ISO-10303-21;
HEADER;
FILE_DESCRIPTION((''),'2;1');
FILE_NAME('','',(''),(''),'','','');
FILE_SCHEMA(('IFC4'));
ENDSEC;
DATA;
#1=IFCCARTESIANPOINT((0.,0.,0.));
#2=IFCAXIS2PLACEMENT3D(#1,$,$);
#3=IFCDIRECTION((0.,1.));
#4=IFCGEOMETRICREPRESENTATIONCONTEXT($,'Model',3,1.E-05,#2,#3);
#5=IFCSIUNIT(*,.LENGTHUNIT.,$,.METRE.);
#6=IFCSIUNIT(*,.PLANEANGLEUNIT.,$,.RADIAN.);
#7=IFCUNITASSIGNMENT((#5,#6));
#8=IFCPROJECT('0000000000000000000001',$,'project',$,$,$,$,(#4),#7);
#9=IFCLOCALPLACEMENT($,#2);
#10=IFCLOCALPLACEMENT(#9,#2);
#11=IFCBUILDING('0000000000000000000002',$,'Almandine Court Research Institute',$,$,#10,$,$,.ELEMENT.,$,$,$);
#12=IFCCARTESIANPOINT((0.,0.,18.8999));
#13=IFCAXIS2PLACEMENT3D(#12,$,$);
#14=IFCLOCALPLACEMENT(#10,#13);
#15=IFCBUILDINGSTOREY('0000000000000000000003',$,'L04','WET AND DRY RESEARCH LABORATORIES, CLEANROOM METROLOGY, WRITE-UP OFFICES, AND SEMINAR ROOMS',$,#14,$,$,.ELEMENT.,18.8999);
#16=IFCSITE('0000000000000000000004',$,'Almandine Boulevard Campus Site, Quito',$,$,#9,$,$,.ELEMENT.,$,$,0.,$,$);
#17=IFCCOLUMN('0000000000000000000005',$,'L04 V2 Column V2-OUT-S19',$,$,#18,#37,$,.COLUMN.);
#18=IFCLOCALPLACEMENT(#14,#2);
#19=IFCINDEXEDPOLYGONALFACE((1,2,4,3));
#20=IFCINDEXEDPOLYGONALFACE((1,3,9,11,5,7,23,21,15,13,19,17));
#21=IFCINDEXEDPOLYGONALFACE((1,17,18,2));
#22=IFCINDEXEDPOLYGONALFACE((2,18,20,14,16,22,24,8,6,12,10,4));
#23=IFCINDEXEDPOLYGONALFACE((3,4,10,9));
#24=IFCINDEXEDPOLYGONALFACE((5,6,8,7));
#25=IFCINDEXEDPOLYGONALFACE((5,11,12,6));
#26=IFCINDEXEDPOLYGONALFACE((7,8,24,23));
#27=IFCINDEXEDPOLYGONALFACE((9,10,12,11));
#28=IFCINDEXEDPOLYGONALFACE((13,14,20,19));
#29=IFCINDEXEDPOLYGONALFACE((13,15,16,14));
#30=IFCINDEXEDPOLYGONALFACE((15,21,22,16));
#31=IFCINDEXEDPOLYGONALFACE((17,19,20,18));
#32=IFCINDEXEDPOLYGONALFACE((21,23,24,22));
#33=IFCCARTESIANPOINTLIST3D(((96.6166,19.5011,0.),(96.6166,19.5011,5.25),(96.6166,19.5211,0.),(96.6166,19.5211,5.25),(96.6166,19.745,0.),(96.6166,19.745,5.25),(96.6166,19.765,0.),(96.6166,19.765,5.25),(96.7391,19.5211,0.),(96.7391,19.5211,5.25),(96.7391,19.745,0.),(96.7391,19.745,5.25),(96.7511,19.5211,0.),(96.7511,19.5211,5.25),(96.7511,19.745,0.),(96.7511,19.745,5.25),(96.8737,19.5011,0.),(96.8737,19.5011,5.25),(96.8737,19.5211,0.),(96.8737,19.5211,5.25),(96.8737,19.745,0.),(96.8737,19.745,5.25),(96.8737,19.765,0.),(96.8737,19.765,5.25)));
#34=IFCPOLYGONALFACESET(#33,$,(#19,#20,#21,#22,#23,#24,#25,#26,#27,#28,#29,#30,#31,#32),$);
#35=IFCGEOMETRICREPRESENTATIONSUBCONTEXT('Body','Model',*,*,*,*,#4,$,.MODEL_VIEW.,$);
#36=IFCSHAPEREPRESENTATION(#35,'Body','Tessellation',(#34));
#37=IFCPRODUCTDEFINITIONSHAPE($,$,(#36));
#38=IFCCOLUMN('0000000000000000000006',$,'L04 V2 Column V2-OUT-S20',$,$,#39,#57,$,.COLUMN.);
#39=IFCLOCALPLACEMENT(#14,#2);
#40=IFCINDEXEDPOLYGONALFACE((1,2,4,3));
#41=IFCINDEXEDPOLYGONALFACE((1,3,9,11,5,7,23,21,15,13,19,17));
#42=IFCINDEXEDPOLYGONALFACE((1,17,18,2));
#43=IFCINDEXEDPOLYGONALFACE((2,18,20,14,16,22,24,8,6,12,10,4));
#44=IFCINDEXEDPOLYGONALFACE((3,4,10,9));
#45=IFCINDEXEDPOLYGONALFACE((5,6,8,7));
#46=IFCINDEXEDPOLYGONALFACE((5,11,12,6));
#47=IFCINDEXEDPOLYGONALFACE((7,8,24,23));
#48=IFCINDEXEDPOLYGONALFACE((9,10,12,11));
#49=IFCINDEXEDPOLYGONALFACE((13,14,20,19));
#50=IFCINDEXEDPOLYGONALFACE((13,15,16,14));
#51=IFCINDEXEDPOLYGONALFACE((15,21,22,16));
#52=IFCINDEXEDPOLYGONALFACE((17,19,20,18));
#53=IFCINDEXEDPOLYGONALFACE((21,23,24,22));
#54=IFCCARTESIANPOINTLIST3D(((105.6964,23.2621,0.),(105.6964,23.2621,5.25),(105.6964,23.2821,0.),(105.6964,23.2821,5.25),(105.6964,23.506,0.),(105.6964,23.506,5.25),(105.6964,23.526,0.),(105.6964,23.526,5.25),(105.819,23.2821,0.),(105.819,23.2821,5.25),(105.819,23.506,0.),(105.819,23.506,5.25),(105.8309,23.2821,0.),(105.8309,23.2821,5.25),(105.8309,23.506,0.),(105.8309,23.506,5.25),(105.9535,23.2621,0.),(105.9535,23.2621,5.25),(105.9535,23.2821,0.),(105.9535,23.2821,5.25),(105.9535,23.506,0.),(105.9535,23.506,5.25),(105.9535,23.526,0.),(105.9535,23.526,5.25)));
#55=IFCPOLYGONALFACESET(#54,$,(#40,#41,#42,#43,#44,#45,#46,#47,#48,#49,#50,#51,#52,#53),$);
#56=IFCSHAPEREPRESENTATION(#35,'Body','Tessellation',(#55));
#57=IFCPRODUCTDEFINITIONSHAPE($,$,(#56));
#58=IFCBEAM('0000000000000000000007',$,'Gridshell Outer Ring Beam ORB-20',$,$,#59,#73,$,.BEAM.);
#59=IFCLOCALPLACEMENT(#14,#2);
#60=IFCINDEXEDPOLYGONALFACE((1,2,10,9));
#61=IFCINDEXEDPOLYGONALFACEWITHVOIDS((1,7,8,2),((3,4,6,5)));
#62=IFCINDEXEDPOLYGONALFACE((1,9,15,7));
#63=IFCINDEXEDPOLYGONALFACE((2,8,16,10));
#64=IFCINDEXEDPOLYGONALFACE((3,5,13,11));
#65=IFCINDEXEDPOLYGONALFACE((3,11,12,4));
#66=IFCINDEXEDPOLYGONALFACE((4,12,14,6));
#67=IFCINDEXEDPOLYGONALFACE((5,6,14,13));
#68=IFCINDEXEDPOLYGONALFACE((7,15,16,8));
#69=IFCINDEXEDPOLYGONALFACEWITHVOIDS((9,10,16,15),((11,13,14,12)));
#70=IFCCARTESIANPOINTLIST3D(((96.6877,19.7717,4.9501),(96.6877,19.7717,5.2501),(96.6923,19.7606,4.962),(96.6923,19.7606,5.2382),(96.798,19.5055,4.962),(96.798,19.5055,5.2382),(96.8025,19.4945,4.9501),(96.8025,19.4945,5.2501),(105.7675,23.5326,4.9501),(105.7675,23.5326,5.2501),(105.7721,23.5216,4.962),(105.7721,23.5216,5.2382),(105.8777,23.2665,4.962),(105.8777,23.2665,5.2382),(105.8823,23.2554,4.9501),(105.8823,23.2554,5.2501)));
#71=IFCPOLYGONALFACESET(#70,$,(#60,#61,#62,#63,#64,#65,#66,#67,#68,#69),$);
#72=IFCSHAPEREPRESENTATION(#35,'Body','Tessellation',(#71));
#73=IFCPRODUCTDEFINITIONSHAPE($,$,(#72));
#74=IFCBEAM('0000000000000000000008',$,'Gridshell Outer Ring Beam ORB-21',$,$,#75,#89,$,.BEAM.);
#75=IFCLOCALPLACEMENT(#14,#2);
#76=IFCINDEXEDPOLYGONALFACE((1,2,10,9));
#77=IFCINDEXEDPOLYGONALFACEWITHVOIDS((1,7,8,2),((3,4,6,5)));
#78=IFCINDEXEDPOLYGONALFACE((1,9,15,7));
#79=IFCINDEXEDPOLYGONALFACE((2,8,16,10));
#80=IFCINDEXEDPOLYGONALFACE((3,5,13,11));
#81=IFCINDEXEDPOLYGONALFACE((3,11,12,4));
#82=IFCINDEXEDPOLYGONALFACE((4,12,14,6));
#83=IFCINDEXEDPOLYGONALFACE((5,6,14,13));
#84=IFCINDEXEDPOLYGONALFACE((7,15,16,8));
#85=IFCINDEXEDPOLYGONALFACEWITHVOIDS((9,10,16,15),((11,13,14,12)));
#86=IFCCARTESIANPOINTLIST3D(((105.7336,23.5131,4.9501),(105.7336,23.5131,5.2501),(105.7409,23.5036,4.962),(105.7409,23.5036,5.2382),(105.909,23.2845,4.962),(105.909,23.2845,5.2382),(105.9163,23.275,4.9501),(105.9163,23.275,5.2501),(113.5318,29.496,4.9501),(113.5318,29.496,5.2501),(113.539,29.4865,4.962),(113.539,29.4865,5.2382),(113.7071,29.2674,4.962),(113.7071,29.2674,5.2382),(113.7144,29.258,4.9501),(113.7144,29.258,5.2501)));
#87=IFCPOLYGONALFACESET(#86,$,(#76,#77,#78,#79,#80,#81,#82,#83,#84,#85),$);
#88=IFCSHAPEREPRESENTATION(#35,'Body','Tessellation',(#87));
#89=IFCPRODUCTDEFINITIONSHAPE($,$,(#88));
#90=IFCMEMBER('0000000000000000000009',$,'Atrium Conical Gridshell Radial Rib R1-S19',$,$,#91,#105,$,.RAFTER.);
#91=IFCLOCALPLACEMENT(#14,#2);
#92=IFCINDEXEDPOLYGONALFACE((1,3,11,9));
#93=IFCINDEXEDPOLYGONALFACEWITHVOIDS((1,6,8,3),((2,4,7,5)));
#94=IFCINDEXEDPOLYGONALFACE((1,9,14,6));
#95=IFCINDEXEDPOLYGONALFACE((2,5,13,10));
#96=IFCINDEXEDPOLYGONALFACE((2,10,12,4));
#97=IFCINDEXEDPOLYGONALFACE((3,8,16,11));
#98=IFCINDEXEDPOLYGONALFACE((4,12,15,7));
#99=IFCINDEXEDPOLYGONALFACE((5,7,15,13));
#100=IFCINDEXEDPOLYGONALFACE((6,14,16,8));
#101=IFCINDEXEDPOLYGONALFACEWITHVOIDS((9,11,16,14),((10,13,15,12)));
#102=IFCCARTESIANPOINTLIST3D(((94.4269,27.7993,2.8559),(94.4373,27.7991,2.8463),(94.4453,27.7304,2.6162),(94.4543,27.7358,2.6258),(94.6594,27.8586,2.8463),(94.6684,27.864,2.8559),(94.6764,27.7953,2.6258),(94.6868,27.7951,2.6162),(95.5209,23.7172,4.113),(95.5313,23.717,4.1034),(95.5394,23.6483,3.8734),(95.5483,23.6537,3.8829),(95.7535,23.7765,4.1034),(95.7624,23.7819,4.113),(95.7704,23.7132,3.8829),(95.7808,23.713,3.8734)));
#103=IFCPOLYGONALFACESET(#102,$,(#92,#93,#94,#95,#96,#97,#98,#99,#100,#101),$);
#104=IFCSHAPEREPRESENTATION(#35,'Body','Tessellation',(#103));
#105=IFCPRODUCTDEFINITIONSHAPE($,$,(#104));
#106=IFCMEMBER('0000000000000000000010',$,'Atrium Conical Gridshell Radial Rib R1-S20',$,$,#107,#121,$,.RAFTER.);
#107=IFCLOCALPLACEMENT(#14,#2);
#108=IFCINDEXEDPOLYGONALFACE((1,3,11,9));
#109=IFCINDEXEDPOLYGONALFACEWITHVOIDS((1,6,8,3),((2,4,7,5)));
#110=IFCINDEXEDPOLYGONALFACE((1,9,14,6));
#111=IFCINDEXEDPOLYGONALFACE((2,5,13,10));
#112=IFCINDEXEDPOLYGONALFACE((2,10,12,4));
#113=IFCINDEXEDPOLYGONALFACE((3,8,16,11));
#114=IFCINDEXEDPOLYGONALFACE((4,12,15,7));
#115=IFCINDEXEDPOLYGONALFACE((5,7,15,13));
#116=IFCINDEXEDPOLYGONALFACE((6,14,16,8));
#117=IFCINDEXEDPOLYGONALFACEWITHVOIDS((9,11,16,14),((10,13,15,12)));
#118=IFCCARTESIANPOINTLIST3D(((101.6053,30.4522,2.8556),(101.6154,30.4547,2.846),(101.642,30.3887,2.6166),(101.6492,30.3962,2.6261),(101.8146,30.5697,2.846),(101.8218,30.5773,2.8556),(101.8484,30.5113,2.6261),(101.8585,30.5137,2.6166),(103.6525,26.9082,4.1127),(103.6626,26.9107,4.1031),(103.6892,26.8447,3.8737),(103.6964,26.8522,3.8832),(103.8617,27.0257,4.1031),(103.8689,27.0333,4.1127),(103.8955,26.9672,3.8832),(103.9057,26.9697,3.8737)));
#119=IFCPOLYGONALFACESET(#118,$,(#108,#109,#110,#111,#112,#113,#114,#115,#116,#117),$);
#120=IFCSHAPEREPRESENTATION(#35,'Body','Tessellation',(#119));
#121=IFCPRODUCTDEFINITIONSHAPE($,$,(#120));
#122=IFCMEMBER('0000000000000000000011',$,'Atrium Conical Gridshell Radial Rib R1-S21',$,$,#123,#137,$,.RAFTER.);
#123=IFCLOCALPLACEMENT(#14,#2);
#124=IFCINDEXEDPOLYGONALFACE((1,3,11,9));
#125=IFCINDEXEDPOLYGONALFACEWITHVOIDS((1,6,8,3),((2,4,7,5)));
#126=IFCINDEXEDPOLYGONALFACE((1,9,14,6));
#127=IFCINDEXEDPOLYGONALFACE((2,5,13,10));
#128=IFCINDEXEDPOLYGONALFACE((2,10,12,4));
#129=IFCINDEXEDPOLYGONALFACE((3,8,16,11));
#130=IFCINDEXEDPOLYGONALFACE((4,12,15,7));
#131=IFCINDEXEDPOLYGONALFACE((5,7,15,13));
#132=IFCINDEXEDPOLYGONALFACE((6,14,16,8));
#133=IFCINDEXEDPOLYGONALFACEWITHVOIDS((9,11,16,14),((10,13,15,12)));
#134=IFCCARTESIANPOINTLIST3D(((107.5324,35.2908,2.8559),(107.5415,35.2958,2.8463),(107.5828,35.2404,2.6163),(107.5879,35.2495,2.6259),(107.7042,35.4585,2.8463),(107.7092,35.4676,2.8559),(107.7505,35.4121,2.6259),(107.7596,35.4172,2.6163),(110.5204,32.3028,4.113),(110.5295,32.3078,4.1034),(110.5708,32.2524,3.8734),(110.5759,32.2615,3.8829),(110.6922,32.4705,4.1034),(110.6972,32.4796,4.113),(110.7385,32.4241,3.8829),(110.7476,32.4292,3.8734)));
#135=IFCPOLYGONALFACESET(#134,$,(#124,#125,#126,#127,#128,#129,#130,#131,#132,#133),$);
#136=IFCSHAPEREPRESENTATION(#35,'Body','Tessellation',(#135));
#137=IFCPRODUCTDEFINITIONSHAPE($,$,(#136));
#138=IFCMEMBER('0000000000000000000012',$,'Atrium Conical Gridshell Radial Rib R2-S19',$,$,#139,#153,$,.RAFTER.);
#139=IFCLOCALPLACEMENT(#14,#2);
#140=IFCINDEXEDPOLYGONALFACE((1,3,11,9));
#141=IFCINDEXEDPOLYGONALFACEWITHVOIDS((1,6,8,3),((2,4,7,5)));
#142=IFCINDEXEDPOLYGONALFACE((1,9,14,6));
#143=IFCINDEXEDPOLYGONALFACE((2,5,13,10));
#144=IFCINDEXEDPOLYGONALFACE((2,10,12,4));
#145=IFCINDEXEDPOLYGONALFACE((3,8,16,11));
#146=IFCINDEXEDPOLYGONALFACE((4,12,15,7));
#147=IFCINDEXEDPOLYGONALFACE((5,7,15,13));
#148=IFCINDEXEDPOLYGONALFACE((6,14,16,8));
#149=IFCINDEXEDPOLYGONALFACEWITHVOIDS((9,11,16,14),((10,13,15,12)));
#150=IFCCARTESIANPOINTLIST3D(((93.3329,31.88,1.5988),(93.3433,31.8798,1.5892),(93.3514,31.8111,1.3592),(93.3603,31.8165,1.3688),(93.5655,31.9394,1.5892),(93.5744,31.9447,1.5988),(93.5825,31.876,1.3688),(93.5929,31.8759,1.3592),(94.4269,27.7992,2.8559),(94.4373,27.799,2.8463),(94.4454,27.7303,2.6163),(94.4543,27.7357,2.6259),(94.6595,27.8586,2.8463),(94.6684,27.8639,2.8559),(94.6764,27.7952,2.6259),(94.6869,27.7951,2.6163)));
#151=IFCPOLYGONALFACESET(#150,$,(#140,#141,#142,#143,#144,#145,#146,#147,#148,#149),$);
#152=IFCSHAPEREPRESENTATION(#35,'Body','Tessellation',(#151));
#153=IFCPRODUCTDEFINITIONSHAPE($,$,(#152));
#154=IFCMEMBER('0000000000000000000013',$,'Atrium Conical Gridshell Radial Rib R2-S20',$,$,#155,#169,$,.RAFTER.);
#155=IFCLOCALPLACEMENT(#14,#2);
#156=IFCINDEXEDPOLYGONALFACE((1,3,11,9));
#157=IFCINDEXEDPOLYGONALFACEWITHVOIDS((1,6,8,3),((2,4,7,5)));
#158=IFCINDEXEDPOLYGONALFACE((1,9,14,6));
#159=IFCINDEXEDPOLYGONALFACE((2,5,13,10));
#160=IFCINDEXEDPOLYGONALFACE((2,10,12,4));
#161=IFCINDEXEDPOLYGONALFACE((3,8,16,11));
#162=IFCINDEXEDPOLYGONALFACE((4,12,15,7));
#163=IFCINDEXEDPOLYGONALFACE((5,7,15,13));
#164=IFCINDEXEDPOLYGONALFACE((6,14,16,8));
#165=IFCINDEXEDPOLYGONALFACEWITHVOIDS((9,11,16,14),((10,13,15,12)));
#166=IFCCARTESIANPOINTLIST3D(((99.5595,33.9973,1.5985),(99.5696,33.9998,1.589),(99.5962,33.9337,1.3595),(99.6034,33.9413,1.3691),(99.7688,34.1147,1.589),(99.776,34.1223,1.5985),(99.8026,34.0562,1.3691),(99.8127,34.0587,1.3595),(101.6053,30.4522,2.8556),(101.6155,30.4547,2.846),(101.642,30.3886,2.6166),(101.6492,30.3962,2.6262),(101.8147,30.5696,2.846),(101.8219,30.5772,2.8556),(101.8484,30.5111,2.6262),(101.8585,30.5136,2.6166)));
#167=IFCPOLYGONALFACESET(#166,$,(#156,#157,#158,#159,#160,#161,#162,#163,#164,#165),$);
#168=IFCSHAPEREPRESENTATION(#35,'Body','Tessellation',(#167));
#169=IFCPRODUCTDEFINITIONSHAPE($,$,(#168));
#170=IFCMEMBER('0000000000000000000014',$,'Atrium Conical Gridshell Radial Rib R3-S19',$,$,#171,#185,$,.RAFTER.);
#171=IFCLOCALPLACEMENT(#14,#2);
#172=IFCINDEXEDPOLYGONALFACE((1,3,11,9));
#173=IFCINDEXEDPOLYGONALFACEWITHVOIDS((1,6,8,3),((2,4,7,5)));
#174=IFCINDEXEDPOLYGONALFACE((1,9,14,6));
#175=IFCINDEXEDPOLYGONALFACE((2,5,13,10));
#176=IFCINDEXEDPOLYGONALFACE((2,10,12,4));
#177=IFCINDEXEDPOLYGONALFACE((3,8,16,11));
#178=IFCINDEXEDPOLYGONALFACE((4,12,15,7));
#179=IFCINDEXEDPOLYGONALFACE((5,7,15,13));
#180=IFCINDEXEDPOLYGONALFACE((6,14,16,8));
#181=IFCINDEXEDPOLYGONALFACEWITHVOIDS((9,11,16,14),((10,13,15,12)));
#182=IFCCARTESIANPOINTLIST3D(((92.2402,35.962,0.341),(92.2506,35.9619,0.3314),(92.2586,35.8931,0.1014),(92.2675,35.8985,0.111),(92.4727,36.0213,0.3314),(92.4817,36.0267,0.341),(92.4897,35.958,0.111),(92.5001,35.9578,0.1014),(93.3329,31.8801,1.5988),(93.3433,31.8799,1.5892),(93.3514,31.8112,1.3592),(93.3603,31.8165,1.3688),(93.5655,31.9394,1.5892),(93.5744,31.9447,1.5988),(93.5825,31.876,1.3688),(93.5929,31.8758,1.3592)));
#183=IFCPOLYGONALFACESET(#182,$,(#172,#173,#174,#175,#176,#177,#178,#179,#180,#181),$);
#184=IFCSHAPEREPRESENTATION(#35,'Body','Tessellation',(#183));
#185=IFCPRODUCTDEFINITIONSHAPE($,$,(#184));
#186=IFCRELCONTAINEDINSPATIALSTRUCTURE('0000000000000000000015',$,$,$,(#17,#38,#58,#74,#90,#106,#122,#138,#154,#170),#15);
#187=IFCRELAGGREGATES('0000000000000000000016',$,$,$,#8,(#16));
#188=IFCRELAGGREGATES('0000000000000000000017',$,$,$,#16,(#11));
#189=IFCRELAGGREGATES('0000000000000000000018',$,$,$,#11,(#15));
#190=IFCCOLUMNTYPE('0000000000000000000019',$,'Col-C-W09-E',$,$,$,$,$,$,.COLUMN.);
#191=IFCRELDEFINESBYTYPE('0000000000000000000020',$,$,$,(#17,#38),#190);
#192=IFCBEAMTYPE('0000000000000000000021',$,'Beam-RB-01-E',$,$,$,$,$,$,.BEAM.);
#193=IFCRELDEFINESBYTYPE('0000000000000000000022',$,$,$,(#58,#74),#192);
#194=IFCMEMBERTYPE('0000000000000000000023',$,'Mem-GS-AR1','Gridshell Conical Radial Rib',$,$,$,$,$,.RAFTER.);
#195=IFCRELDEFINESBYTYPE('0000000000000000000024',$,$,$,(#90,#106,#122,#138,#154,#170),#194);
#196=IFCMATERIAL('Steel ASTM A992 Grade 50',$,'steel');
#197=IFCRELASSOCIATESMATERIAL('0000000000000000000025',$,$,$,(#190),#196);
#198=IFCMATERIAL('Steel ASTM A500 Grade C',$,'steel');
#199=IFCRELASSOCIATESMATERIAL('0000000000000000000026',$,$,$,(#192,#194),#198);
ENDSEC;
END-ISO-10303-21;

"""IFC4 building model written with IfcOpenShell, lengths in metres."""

from ifc_helpers import new_model, si_unit, direction, frame, origin, origin_2d, place, context, subcontext, project, spatial, hollow_rectangle, i_section, extrude, material, material_profile, profile_set, type_object, element, save


model = new_model("IFC4")

# Units and contexts
model_context = context("Model", 3, precision=1e-05, world=origin(), true_north=direction((0.0, 1.0)))
body_context = subcontext(model_context, "Body", "Model", "MODEL_VIEW")
ifc_project = project(units=[si_unit("LENGTHUNIT", "METRE"), si_unit("PLANEANGLEUNIT", "RADIAN")], contexts=[model_context])

# Site, building, storey
site_placement = place(None, origin())
site = spatial("IfcSite", under=ifc_project, at=site_placement, Name="Almandine Boulevard Campus Site, Quito", CompositionType="ELEMENT", RefElevation=0.0)
building_placement = place(site_placement, origin())
building = spatial("IfcBuilding", under=site, at=building_placement, Name="Almandine Court Research Institute", CompositionType="ELEMENT")
storey_placement = place(building_placement, frame((0.0, 0.0, 18.8999)))
storey = spatial("IfcBuildingStorey", under=building, at=storey_placement, Name="L04", Description="WET AND DRY RESEARCH LABORATORIES, CLEANROOM METROLOGY, WRITE-UP OFFICES, AND SEMINAR ROOMS", CompositionType="ELEMENT", Elevation=18.8999)

# Columns
ifc_material_1 = material(Name="Steel ASTM A992 Grade 50", Category="steel")
ifc_material_profile_1 = material_profile(ifc_material_1, i_section(OverallWidth=0.2571, OverallDepth=0.2639, WebThickness=0.012, FlangeThickness=0.02, at=origin_2d()), Name="W250x101")
ifc_profile_set_1 = profile_set([ifc_material_profile_1], Name="Steel ASTM A992 Grade 50")
column_type = type_object("IfcColumnType", Name="Col-C-W09-E", PredefinedType="COLUMN", material=ifc_profile_set_1)
for number, where, z_axis, x_axis, name in (
    (1, (96.7451, 19.6331, 0.0), (0.0, 0.0, 1.0), (1.0, 0.0, 0.0), "L04 V2 Column V2-OUT-S19"),
    (2, (105.825, 23.394, 0.0), (0.0, 0.0, 1.0), (1.0, 0.0, 0.0), "L04 V2 Column V2-OUT-S20"),
):
    element("IfcColumn", number, at=place(storey_placement, frame(where, z_axis=z_axis, x_axis=x_axis)), inside=storey, type_object=column_type, Name=name, PredefinedType="COLUMN", context=body_context, shape_type="SweptSolid", body=[
        extrude(i_section(OverallWidth=0.2571, OverallDepth=0.2639, WebThickness=0.012, FlangeThickness=0.02, at=origin_2d()), origin(), (0.0, 0.0, 1.0), 5.25),
    ])

# Beams
ifc_material_2 = material(Name="Steel ASTM A500 Grade C", Category="steel")
ifc_material_profile_2 = material_profile(ifc_material_2, hollow_rectangle(XDim=0.3, YDim=0.3, WallThickness=0.012, at=origin_2d()), Name="HSS 300x300x12")
ifc_profile_set_2 = profile_set([ifc_material_profile_2], Name="Steel ASTM A500 Grade C")
beam_type = type_object("IfcBeamType", Name="Beam-RB-01-E", PredefinedType="BEAM", material=ifc_profile_set_2)
beam_1_placement = place(storey_placement, frame((96.7451, 19.6331, 5.1001), z_axis=(0.92388, 0.382683, 0.0), x_axis=(-0.382683, 0.92388, 0.0)))
element("IfcBeam", 3, at=beam_1_placement, inside=storey, type_object=beam_type, Name="Gridshell Outer Ring Beam ORB-20", PredefinedType="BEAM", context=body_context, shape_type="SweptSolid", body=[
    extrude(hollow_rectangle(XDim=0.3, YDim=0.3, WallThickness=0.012, at=origin_2d()), origin(), (0.0, 0.0, 1.0), 9.8279),
])
beam_2_placement = place(storey_placement, frame((105.825, 23.394, 5.1001), z_axis=(0.793392, 0.608712, 0.0), x_axis=(-0.608712, 0.793392, 0.0)))
element("IfcBeam", 4, at=beam_2_placement, inside=storey, type_object=beam_type, Name="Gridshell Outer Ring Beam ORB-21", PredefinedType="BEAM", context=body_context, shape_type="SweptSolid", body=[
    extrude(hollow_rectangle(XDim=0.3, YDim=0.3, WallThickness=0.012, at=origin_2d()), origin(), (0.0, 0.0, 1.0), 9.8289),
])

# Members
ifc_material_profile_3 = material_profile(ifc_material_2, hollow_rectangle(XDim=0.25, YDim=0.25, WallThickness=0.01, at=origin_2d()), Name="HSS 250x250x10")
ifc_profile_set_3 = profile_set([ifc_material_profile_3], Name="Steel ASTM A500 Grade C")
member_type_1 = type_object("IfcMemberType", Name="Mem-GS-AR1", Description="Gridshell Conical Radial Rib", PredefinedType="RAFTER", material=ifc_profile_set_3)
member_1_placement = place(storey_placement, frame((95.6509, 23.7151, 3.9932), z_axis=(-0.248123, 0.925822, -0.285111), x_axis=(-0.965913, -0.258867, 0.0)))
element("IfcMember", 5, at=member_1_placement, inside=storey, type_object=member_type_1, Name="Atrium Conical Gridshell Radial Rib R1-S19", PredefinedType="RAFTER", context=body_context, shape_type="SweptSolid", body=[
    extrude(hollow_rectangle(XDim=0.25, YDim=0.25, WallThickness=0.01, at=origin_2d()), origin(), (0.0, 0.0, 1.0), 4.4092),
])
member_2_placement = place(storey_placement, frame((103.7791, 26.939, 3.9932), z_axis=(-0.478141, 0.827751, -0.293613), x_axis=(-0.865917, -0.500187, 0.0)))
element("IfcMember", 6, at=member_2_placement, inside=storey, type_object=member_type_1, Name="Atrium Conical Gridshell Radial Rib R1-S20", PredefinedType="RAFTER", context=body_context, shape_type="SweptSolid", body=[
    extrude(hollow_rectangle(XDim=0.25, YDim=0.25, WallThickness=0.01, at=origin_2d()), origin(), (0.0, 0.0, 1.0), 4.2815),
])
member_3_placement = place(storey_placement, frame((110.634, 32.366, 3.9932), z_axis=(-0.677753, 0.677753, -0.285134), x_axis=(-0.707107, -0.707107, 0.0)))
element("IfcMember", 7, at=member_3_placement, inside=storey, type_object=member_type_1, Name="Atrium Conical Gridshell Radial Rib R1-S21", PredefinedType="RAFTER", context=body_context, shape_type="SweptSolid", body=[
    extrude(hollow_rectangle(XDim=0.25, YDim=0.25, WallThickness=0.01, at=origin_2d()), origin(), (0.0, 0.0, 1.0), 4.4087),
])
member_4_placement = place(storey_placement, frame((94.5569, 27.7971, 2.7361), z_axis=(-0.248186, 0.925783, -0.285184), x_axis=(-0.965894, -0.258939, 0.0)))
element("IfcMember", 8, at=member_4_placement, inside=storey, type_object=member_type_1, Name="Atrium Conical Gridshell Radial Rib R2-S19", PredefinedType="RAFTER", context=body_context, shape_type="SweptSolid", body=[
    extrude(hollow_rectangle(XDim=0.25, YDim=0.25, WallThickness=0.01, at=origin_2d()), origin(), (0.0, 0.0, 1.0), 4.408),
])
member_5_placement = place(storey_placement, frame((101.7319, 30.4829, 2.7361), z_axis=(-0.477808, 0.827954, -0.293584), x_axis=(-0.866121, -0.499834, 0.0)))
element("IfcMember", 9, at=member_5_placement, inside=storey, type_object=member_type_1, Name="Atrium Conical Gridshell Radial Rib R2-S20", PredefinedType="RAFTER", context=body_context, shape_type="SweptSolid", body=[
    extrude(hollow_rectangle(XDim=0.25, YDim=0.25, WallThickness=0.01, at=origin_2d()), origin(), (0.0, 0.0, 1.0), 4.2817),
])
member_6_placement = place(storey_placement, frame((93.4629, 31.8779, 1.479), z_axis=(-0.247851, 0.925842, -0.285283), x_axis=(-0.965985, -0.258597, 0.0)))
element("IfcMember", 10, at=member_6_placement, inside=storey, type_object=member_type_1, Name="Atrium Conical Gridshell Radial Rib R3-S19", PredefinedType="RAFTER", context=body_context, shape_type="SweptSolid", body=[
    extrude(hollow_rectangle(XDim=0.25, YDim=0.25, WallThickness=0.01, at=origin_2d()), origin(), (0.0, 0.0, 1.0), 4.4089),
])

save(model, "model.ifc")
